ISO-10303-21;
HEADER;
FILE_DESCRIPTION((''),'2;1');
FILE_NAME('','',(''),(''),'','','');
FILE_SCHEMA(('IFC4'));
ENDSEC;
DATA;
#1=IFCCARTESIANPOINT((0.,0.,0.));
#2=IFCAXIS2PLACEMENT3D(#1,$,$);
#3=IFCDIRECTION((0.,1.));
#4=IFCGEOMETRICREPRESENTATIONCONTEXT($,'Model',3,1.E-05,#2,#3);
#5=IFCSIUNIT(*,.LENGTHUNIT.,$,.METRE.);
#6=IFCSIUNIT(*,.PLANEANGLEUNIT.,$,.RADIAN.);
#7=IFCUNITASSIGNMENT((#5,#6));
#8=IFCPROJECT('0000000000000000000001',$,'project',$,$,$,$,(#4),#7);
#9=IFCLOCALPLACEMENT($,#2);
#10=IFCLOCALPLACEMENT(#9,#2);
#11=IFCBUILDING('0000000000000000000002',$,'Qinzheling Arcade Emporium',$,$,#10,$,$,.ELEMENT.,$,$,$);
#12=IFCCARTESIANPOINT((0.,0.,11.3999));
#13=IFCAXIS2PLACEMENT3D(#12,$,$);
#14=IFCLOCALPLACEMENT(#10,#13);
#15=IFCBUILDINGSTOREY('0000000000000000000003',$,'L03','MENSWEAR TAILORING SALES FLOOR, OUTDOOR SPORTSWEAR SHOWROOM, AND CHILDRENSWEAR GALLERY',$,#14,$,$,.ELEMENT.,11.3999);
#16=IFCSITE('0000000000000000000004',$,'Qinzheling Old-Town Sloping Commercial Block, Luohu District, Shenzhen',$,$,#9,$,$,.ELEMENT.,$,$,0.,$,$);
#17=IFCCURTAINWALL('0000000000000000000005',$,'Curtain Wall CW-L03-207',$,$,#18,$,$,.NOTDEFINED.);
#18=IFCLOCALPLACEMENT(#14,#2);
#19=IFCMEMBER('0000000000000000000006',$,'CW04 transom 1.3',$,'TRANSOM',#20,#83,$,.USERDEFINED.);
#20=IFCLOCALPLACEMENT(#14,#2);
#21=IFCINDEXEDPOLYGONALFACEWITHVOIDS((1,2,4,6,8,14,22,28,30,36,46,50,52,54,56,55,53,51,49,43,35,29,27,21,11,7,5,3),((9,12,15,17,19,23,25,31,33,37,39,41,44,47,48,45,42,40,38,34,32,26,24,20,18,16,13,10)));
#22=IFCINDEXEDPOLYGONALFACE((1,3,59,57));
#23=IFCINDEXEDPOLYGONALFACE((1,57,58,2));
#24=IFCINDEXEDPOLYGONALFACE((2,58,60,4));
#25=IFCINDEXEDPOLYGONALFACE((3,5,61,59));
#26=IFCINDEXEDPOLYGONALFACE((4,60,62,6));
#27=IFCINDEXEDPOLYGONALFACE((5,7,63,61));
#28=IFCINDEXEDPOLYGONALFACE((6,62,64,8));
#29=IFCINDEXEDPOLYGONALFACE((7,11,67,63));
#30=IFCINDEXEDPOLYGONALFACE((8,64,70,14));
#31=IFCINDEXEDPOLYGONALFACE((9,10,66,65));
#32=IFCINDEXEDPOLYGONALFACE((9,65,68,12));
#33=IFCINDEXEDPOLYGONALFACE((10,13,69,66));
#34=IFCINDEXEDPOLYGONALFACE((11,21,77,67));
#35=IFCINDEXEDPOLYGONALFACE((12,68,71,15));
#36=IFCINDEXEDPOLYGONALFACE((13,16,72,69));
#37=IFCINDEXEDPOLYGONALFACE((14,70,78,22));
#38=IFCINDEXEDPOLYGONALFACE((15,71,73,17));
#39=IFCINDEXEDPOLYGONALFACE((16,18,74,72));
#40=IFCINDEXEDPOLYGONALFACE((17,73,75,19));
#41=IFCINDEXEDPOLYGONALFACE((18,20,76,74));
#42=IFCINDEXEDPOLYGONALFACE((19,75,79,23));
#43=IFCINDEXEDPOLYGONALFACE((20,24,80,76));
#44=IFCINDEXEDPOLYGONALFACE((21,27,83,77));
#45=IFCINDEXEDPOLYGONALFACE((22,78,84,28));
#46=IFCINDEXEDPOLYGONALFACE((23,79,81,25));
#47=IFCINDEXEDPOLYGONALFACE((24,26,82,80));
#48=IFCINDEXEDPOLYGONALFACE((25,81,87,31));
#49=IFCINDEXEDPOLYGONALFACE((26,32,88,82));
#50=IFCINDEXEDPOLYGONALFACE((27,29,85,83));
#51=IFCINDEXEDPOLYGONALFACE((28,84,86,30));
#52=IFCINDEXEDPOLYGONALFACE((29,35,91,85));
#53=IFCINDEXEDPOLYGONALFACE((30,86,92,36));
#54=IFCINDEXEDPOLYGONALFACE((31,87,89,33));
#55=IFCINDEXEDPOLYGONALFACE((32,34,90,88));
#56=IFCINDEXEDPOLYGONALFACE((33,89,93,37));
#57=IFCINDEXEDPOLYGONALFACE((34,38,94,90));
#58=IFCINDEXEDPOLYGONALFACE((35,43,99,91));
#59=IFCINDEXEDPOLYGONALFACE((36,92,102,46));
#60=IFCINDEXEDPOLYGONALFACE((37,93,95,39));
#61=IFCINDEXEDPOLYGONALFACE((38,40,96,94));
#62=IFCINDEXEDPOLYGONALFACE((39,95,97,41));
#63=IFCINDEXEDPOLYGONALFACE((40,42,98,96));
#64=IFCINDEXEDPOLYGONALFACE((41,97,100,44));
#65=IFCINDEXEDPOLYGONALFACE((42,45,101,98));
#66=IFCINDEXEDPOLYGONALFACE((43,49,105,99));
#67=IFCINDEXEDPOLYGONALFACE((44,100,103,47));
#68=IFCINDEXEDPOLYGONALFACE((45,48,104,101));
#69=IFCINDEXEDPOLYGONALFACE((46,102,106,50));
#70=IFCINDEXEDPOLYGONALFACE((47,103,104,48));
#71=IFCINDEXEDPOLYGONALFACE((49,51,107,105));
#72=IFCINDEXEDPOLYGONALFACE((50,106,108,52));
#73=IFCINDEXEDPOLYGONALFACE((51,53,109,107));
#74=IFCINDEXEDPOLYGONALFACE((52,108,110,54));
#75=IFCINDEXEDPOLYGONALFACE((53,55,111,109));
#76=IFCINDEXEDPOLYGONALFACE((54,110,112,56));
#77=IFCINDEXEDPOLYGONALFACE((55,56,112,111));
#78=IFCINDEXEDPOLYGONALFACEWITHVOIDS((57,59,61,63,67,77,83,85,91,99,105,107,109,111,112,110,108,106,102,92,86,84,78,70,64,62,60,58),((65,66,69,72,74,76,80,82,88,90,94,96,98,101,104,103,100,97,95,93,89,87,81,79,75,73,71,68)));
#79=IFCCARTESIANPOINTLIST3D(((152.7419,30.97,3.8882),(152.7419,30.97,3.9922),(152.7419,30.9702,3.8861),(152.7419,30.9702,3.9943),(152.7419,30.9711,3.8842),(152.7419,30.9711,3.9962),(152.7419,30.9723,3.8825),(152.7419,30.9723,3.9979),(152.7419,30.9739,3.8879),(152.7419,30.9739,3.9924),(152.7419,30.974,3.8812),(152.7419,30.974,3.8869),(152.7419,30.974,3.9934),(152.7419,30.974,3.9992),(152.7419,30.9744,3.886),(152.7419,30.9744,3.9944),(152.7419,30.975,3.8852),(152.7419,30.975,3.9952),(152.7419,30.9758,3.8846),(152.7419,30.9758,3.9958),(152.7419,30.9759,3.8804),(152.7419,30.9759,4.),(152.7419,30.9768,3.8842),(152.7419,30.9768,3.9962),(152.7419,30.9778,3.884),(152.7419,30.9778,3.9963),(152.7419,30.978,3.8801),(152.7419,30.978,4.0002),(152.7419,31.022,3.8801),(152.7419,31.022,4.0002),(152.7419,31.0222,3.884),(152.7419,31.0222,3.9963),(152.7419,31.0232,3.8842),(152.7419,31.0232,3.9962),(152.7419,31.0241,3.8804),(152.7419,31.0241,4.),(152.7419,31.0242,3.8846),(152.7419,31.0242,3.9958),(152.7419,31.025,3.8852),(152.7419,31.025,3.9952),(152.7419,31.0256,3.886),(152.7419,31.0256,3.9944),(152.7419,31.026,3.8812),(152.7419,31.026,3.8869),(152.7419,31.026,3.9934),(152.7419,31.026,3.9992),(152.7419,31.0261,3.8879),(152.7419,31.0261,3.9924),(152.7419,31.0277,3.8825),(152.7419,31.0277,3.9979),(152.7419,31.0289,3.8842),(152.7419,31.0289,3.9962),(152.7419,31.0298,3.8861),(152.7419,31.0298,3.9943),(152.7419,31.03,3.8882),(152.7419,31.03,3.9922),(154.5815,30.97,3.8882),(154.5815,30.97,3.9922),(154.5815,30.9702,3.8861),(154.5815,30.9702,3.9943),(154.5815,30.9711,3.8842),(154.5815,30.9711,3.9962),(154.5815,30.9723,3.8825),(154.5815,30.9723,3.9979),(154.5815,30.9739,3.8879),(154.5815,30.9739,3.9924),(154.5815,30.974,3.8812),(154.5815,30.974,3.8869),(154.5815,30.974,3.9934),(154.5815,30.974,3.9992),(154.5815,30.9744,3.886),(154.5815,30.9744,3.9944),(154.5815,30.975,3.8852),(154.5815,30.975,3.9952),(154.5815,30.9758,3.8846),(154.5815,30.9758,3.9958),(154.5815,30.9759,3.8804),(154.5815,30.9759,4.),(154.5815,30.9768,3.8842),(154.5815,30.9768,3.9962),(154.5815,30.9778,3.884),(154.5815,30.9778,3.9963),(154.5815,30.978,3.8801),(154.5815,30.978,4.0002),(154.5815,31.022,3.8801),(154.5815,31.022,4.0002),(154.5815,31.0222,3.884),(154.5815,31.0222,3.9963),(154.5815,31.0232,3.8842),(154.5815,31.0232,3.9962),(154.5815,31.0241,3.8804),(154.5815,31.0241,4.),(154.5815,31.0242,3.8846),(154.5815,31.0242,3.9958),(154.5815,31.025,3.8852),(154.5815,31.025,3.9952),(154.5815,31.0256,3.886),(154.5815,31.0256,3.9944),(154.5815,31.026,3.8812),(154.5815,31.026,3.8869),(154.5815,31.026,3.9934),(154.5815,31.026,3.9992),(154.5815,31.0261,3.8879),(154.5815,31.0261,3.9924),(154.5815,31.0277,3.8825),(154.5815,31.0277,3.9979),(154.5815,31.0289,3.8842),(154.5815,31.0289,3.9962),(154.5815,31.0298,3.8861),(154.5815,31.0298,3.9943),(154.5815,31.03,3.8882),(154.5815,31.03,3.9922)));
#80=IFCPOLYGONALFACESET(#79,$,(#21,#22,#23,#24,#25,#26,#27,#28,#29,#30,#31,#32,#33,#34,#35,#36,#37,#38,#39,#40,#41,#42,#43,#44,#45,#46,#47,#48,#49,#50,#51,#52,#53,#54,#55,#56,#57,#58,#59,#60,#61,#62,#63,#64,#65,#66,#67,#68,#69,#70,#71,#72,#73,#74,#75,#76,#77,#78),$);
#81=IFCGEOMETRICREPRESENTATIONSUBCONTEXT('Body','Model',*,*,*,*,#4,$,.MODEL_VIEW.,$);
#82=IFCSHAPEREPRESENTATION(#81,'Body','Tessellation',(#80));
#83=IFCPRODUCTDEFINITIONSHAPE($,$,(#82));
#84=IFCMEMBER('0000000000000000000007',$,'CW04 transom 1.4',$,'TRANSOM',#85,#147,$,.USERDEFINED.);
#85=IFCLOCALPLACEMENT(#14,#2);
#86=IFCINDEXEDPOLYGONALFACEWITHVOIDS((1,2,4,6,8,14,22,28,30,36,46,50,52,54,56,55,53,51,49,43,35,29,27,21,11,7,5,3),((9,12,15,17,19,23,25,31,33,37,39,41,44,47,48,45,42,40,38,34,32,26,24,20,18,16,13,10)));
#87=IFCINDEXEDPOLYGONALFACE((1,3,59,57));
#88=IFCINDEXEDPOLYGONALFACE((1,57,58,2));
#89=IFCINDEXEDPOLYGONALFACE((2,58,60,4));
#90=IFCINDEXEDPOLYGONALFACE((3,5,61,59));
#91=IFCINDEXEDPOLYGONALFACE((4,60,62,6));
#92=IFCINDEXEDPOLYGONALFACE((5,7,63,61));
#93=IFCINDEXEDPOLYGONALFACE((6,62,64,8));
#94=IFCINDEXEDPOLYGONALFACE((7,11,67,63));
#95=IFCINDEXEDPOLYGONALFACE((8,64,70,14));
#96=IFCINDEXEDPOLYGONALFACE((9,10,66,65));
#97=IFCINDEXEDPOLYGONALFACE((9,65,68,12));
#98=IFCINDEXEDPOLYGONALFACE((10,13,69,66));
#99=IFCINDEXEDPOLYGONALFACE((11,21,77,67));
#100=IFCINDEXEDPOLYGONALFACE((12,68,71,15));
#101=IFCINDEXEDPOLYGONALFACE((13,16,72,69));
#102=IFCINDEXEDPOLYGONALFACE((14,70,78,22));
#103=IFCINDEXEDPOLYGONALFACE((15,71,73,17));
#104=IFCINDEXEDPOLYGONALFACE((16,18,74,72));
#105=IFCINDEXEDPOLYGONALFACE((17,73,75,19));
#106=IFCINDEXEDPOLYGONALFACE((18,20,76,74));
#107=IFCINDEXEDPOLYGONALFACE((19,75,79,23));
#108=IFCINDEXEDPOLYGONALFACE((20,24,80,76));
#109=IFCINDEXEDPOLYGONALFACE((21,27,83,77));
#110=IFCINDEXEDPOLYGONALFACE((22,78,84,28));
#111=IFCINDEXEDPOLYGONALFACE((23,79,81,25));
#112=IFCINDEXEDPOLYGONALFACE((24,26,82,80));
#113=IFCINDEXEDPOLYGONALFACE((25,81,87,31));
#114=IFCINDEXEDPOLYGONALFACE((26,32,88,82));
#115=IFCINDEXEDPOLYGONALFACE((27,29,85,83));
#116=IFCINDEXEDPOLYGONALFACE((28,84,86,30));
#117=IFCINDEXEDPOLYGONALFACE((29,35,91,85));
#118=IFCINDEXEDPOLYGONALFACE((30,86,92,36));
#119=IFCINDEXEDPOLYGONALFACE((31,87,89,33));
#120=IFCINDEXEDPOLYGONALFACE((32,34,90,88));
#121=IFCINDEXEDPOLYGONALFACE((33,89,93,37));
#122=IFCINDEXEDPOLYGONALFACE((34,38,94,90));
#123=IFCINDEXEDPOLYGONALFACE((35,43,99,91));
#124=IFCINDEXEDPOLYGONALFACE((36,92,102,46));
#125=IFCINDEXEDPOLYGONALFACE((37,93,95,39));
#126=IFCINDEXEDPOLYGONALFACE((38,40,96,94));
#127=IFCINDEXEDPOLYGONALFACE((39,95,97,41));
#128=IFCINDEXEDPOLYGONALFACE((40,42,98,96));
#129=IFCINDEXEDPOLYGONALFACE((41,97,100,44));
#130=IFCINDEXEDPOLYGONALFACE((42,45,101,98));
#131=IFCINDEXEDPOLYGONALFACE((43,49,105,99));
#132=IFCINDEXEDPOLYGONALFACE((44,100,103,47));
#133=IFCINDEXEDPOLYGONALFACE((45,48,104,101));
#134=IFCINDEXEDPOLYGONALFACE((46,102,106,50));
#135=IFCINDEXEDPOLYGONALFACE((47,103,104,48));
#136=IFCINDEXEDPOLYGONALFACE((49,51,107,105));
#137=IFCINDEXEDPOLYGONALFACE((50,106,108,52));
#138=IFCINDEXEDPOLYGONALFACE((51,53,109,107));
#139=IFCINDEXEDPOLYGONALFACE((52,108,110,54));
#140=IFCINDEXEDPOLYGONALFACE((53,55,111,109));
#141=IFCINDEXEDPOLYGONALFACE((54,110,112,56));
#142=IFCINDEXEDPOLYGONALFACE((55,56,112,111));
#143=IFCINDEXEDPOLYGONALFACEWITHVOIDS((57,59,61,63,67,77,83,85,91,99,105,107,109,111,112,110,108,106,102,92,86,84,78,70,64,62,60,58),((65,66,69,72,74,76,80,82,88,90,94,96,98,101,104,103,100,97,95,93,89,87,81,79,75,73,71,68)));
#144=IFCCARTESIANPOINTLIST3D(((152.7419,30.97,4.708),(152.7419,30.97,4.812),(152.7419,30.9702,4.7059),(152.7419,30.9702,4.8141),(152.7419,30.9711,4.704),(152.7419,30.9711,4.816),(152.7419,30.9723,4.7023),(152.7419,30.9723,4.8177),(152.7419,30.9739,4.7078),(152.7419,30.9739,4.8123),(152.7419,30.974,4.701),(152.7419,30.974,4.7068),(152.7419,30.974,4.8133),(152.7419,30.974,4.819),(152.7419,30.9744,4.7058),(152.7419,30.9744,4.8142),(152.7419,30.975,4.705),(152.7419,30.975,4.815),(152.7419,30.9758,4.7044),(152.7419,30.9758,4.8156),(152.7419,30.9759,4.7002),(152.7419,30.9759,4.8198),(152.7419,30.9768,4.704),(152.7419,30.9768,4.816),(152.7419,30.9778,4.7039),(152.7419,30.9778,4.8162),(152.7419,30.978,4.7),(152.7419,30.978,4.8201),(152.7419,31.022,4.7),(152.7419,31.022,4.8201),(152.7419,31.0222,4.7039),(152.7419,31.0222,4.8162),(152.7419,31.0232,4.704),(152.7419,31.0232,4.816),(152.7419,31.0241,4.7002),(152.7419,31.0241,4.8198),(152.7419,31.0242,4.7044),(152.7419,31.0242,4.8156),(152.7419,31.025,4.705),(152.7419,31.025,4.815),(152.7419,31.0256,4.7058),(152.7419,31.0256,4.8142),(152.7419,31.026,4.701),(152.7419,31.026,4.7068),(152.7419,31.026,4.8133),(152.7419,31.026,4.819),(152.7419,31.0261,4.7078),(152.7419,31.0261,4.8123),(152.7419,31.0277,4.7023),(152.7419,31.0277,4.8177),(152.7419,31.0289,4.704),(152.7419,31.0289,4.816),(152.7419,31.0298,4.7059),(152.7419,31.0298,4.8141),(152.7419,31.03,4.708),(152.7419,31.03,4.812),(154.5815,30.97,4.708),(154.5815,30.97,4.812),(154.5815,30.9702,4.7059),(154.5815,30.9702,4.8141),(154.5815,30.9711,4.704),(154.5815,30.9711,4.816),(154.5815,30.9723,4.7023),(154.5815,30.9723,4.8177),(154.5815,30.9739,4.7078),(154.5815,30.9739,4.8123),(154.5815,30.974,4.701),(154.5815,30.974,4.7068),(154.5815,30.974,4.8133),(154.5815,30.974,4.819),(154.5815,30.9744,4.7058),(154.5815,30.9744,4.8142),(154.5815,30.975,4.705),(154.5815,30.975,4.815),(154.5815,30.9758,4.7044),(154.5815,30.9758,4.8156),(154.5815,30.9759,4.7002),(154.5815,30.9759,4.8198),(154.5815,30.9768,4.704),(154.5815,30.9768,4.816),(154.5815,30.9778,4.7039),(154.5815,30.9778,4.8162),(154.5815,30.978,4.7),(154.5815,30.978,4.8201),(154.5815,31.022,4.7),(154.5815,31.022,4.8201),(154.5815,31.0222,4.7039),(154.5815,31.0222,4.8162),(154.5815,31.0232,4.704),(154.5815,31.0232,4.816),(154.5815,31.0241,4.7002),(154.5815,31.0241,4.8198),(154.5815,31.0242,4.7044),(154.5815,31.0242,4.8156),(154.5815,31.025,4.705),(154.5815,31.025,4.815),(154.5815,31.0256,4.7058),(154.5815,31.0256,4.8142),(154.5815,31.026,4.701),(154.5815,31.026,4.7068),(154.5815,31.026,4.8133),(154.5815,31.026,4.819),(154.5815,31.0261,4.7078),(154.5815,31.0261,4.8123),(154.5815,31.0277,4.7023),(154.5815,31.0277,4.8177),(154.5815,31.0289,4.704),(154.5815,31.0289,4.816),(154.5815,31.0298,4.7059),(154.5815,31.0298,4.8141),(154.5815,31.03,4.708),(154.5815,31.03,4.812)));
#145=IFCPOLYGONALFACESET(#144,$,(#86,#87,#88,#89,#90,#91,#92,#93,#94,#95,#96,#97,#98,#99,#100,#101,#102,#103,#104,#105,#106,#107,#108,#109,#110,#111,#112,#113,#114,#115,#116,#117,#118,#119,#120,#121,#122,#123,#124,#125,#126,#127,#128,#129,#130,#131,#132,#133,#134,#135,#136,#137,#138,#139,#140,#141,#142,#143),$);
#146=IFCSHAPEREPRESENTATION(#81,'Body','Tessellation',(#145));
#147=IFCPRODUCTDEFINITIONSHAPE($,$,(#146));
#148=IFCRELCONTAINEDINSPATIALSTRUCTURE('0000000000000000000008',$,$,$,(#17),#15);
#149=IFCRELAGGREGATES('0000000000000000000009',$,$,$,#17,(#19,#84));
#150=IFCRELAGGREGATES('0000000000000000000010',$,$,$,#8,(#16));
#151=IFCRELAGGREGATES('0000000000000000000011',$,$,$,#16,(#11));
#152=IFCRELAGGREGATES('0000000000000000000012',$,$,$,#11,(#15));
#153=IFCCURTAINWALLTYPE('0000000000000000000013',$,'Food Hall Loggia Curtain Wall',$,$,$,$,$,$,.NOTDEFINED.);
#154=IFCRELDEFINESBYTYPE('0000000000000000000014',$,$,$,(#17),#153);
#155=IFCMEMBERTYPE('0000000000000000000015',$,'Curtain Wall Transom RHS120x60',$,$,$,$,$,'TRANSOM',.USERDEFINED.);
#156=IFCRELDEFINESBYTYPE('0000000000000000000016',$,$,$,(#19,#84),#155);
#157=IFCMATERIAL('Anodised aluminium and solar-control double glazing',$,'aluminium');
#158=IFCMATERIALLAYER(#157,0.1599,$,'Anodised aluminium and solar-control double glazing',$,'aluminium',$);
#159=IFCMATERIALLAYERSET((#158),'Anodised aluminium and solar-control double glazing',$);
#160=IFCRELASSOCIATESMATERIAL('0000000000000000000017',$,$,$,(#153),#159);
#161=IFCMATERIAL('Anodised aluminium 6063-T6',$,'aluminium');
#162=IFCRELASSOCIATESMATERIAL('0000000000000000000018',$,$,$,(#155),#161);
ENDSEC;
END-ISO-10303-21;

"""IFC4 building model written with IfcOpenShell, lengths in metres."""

from ifc_helpers import new_model, si_unit, direction, frame, origin, origin_2d, place, context, subcontext, project, spatial, hollow_rectangle, extrude, material, layer, layer_set, material_profile, profile_set, type_object, element, aggregate, save


model = new_model("IFC4")

# Units and contexts
model_context = context("Model", 3, precision=1e-05, world=origin(), true_north=direction((0.0, 1.0)))
body_context = subcontext(model_context, "Body", "Model", "MODEL_VIEW")
ifc_project = project(units=[si_unit("LENGTHUNIT", "METRE"), si_unit("PLANEANGLEUNIT", "RADIAN")], contexts=[model_context])

# Site, building, storey
site_placement = place(None, origin())
site = spatial("IfcSite", under=ifc_project, at=site_placement, Name="Qinzheling Old-Town Sloping Commercial Block, Luohu District, Shenzhen", CompositionType="ELEMENT", RefElevation=0.0)
building_placement = place(site_placement, origin())
building = spatial("IfcBuilding", under=site, at=building_placement, Name="Qinzheling Arcade Emporium", CompositionType="ELEMENT")
storey_placement = place(building_placement, frame((0.0, 0.0, 11.3999)))
storey = spatial("IfcBuildingStorey", under=building, at=storey_placement, Name="L03", Description="MENSWEAR TAILORING SALES FLOOR, OUTDOOR SPORTSWEAR SHOWROOM, AND CHILDRENSWEAR GALLERY", CompositionType="ELEMENT", Elevation=11.3999)

# Curtain wall, members
ifc_material_1 = material(Name="Anodised aluminium and solar-control double glazing", Category="aluminium")
ifc_layer_1 = layer(ifc_material_1, 0.1599, Name="Anodised aluminium and solar-control double glazing", Category="aluminium")
ifc_layer_set_1 = layer_set([ifc_layer_1], Name="Anodised aluminium and solar-control double glazing")
curtain_wall_type = type_object("IfcCurtainWallType", Name="Food Hall Loggia Curtain Wall", PredefinedType="NOTDEFINED", material=ifc_layer_set_1)
curtain_wall_placement = place(storey_placement, origin())
curtain_wall = element("IfcCurtainWall", 1, at=curtain_wall_placement, inside=storey, type_object=curtain_wall_type, Name="Curtain Wall CW-L03-207", PredefinedType="NOTDEFINED")
ifc_material_2 = material(Name="Anodised aluminium 6063-T6", Category="aluminium")
ifc_material_profile_1 = material_profile(ifc_material_2, hollow_rectangle(XDim=0.0601, YDim=0.1201, WallThickness=0.0039, InnerFilletRadius=0.0039, OuterFilletRadius=0.0081, at=origin_2d()), Name="RHS 120x60x4", Category="aluminium")
ifc_profile_set_1 = profile_set([ifc_material_profile_1], Name="Anodised aluminium 6063-T6")
member_type_1 = type_object("IfcMemberType", Name="Curtain Wall Transom RHS120x60", ElementType="TRANSOM", PredefinedType="USERDEFINED", material=ifc_profile_set_1)
member_1_placement = place(storey_placement, frame((152.7419, 31.0, 3.9402), z_axis=(1.0, 0.0, 0.0), x_axis=(0.0, 1.0, 0.0)))
member_1 = element("IfcMember", 2, at=member_1_placement, type_object=member_type_1, Name="CW04 transom 1.3", ObjectType="TRANSOM", PredefinedType="USERDEFINED", context=body_context, shape_type="SweptSolid", body=[
    extrude(hollow_rectangle(XDim=0.0601, YDim=0.1201, WallThickness=0.0039, InnerFilletRadius=0.0039, OuterFilletRadius=0.0081, at=origin_2d()), origin(), (0.0, 0.0, 1.0), 1.8396),
])
member_2_placement = place(storey_placement, frame((152.7419, 31.0, 4.76), z_axis=(1.0, 0.0, 0.0), x_axis=(0.0, 1.0, 0.0)))
member_2 = element("IfcMember", 3, at=member_2_placement, type_object=member_type_1, Name="CW04 transom 1.4", ObjectType="TRANSOM", PredefinedType="USERDEFINED", context=body_context, shape_type="SweptSolid", body=[
    extrude(hollow_rectangle(XDim=0.0601, YDim=0.1201, WallThickness=0.0039, InnerFilletRadius=0.0039, OuterFilletRadius=0.0081, at=origin_2d()), origin(), (0.0, 0.0, 1.0), 1.8396),
])
aggregate(curtain_wall, [member_1, member_2])

save(model, "model.ifc")
